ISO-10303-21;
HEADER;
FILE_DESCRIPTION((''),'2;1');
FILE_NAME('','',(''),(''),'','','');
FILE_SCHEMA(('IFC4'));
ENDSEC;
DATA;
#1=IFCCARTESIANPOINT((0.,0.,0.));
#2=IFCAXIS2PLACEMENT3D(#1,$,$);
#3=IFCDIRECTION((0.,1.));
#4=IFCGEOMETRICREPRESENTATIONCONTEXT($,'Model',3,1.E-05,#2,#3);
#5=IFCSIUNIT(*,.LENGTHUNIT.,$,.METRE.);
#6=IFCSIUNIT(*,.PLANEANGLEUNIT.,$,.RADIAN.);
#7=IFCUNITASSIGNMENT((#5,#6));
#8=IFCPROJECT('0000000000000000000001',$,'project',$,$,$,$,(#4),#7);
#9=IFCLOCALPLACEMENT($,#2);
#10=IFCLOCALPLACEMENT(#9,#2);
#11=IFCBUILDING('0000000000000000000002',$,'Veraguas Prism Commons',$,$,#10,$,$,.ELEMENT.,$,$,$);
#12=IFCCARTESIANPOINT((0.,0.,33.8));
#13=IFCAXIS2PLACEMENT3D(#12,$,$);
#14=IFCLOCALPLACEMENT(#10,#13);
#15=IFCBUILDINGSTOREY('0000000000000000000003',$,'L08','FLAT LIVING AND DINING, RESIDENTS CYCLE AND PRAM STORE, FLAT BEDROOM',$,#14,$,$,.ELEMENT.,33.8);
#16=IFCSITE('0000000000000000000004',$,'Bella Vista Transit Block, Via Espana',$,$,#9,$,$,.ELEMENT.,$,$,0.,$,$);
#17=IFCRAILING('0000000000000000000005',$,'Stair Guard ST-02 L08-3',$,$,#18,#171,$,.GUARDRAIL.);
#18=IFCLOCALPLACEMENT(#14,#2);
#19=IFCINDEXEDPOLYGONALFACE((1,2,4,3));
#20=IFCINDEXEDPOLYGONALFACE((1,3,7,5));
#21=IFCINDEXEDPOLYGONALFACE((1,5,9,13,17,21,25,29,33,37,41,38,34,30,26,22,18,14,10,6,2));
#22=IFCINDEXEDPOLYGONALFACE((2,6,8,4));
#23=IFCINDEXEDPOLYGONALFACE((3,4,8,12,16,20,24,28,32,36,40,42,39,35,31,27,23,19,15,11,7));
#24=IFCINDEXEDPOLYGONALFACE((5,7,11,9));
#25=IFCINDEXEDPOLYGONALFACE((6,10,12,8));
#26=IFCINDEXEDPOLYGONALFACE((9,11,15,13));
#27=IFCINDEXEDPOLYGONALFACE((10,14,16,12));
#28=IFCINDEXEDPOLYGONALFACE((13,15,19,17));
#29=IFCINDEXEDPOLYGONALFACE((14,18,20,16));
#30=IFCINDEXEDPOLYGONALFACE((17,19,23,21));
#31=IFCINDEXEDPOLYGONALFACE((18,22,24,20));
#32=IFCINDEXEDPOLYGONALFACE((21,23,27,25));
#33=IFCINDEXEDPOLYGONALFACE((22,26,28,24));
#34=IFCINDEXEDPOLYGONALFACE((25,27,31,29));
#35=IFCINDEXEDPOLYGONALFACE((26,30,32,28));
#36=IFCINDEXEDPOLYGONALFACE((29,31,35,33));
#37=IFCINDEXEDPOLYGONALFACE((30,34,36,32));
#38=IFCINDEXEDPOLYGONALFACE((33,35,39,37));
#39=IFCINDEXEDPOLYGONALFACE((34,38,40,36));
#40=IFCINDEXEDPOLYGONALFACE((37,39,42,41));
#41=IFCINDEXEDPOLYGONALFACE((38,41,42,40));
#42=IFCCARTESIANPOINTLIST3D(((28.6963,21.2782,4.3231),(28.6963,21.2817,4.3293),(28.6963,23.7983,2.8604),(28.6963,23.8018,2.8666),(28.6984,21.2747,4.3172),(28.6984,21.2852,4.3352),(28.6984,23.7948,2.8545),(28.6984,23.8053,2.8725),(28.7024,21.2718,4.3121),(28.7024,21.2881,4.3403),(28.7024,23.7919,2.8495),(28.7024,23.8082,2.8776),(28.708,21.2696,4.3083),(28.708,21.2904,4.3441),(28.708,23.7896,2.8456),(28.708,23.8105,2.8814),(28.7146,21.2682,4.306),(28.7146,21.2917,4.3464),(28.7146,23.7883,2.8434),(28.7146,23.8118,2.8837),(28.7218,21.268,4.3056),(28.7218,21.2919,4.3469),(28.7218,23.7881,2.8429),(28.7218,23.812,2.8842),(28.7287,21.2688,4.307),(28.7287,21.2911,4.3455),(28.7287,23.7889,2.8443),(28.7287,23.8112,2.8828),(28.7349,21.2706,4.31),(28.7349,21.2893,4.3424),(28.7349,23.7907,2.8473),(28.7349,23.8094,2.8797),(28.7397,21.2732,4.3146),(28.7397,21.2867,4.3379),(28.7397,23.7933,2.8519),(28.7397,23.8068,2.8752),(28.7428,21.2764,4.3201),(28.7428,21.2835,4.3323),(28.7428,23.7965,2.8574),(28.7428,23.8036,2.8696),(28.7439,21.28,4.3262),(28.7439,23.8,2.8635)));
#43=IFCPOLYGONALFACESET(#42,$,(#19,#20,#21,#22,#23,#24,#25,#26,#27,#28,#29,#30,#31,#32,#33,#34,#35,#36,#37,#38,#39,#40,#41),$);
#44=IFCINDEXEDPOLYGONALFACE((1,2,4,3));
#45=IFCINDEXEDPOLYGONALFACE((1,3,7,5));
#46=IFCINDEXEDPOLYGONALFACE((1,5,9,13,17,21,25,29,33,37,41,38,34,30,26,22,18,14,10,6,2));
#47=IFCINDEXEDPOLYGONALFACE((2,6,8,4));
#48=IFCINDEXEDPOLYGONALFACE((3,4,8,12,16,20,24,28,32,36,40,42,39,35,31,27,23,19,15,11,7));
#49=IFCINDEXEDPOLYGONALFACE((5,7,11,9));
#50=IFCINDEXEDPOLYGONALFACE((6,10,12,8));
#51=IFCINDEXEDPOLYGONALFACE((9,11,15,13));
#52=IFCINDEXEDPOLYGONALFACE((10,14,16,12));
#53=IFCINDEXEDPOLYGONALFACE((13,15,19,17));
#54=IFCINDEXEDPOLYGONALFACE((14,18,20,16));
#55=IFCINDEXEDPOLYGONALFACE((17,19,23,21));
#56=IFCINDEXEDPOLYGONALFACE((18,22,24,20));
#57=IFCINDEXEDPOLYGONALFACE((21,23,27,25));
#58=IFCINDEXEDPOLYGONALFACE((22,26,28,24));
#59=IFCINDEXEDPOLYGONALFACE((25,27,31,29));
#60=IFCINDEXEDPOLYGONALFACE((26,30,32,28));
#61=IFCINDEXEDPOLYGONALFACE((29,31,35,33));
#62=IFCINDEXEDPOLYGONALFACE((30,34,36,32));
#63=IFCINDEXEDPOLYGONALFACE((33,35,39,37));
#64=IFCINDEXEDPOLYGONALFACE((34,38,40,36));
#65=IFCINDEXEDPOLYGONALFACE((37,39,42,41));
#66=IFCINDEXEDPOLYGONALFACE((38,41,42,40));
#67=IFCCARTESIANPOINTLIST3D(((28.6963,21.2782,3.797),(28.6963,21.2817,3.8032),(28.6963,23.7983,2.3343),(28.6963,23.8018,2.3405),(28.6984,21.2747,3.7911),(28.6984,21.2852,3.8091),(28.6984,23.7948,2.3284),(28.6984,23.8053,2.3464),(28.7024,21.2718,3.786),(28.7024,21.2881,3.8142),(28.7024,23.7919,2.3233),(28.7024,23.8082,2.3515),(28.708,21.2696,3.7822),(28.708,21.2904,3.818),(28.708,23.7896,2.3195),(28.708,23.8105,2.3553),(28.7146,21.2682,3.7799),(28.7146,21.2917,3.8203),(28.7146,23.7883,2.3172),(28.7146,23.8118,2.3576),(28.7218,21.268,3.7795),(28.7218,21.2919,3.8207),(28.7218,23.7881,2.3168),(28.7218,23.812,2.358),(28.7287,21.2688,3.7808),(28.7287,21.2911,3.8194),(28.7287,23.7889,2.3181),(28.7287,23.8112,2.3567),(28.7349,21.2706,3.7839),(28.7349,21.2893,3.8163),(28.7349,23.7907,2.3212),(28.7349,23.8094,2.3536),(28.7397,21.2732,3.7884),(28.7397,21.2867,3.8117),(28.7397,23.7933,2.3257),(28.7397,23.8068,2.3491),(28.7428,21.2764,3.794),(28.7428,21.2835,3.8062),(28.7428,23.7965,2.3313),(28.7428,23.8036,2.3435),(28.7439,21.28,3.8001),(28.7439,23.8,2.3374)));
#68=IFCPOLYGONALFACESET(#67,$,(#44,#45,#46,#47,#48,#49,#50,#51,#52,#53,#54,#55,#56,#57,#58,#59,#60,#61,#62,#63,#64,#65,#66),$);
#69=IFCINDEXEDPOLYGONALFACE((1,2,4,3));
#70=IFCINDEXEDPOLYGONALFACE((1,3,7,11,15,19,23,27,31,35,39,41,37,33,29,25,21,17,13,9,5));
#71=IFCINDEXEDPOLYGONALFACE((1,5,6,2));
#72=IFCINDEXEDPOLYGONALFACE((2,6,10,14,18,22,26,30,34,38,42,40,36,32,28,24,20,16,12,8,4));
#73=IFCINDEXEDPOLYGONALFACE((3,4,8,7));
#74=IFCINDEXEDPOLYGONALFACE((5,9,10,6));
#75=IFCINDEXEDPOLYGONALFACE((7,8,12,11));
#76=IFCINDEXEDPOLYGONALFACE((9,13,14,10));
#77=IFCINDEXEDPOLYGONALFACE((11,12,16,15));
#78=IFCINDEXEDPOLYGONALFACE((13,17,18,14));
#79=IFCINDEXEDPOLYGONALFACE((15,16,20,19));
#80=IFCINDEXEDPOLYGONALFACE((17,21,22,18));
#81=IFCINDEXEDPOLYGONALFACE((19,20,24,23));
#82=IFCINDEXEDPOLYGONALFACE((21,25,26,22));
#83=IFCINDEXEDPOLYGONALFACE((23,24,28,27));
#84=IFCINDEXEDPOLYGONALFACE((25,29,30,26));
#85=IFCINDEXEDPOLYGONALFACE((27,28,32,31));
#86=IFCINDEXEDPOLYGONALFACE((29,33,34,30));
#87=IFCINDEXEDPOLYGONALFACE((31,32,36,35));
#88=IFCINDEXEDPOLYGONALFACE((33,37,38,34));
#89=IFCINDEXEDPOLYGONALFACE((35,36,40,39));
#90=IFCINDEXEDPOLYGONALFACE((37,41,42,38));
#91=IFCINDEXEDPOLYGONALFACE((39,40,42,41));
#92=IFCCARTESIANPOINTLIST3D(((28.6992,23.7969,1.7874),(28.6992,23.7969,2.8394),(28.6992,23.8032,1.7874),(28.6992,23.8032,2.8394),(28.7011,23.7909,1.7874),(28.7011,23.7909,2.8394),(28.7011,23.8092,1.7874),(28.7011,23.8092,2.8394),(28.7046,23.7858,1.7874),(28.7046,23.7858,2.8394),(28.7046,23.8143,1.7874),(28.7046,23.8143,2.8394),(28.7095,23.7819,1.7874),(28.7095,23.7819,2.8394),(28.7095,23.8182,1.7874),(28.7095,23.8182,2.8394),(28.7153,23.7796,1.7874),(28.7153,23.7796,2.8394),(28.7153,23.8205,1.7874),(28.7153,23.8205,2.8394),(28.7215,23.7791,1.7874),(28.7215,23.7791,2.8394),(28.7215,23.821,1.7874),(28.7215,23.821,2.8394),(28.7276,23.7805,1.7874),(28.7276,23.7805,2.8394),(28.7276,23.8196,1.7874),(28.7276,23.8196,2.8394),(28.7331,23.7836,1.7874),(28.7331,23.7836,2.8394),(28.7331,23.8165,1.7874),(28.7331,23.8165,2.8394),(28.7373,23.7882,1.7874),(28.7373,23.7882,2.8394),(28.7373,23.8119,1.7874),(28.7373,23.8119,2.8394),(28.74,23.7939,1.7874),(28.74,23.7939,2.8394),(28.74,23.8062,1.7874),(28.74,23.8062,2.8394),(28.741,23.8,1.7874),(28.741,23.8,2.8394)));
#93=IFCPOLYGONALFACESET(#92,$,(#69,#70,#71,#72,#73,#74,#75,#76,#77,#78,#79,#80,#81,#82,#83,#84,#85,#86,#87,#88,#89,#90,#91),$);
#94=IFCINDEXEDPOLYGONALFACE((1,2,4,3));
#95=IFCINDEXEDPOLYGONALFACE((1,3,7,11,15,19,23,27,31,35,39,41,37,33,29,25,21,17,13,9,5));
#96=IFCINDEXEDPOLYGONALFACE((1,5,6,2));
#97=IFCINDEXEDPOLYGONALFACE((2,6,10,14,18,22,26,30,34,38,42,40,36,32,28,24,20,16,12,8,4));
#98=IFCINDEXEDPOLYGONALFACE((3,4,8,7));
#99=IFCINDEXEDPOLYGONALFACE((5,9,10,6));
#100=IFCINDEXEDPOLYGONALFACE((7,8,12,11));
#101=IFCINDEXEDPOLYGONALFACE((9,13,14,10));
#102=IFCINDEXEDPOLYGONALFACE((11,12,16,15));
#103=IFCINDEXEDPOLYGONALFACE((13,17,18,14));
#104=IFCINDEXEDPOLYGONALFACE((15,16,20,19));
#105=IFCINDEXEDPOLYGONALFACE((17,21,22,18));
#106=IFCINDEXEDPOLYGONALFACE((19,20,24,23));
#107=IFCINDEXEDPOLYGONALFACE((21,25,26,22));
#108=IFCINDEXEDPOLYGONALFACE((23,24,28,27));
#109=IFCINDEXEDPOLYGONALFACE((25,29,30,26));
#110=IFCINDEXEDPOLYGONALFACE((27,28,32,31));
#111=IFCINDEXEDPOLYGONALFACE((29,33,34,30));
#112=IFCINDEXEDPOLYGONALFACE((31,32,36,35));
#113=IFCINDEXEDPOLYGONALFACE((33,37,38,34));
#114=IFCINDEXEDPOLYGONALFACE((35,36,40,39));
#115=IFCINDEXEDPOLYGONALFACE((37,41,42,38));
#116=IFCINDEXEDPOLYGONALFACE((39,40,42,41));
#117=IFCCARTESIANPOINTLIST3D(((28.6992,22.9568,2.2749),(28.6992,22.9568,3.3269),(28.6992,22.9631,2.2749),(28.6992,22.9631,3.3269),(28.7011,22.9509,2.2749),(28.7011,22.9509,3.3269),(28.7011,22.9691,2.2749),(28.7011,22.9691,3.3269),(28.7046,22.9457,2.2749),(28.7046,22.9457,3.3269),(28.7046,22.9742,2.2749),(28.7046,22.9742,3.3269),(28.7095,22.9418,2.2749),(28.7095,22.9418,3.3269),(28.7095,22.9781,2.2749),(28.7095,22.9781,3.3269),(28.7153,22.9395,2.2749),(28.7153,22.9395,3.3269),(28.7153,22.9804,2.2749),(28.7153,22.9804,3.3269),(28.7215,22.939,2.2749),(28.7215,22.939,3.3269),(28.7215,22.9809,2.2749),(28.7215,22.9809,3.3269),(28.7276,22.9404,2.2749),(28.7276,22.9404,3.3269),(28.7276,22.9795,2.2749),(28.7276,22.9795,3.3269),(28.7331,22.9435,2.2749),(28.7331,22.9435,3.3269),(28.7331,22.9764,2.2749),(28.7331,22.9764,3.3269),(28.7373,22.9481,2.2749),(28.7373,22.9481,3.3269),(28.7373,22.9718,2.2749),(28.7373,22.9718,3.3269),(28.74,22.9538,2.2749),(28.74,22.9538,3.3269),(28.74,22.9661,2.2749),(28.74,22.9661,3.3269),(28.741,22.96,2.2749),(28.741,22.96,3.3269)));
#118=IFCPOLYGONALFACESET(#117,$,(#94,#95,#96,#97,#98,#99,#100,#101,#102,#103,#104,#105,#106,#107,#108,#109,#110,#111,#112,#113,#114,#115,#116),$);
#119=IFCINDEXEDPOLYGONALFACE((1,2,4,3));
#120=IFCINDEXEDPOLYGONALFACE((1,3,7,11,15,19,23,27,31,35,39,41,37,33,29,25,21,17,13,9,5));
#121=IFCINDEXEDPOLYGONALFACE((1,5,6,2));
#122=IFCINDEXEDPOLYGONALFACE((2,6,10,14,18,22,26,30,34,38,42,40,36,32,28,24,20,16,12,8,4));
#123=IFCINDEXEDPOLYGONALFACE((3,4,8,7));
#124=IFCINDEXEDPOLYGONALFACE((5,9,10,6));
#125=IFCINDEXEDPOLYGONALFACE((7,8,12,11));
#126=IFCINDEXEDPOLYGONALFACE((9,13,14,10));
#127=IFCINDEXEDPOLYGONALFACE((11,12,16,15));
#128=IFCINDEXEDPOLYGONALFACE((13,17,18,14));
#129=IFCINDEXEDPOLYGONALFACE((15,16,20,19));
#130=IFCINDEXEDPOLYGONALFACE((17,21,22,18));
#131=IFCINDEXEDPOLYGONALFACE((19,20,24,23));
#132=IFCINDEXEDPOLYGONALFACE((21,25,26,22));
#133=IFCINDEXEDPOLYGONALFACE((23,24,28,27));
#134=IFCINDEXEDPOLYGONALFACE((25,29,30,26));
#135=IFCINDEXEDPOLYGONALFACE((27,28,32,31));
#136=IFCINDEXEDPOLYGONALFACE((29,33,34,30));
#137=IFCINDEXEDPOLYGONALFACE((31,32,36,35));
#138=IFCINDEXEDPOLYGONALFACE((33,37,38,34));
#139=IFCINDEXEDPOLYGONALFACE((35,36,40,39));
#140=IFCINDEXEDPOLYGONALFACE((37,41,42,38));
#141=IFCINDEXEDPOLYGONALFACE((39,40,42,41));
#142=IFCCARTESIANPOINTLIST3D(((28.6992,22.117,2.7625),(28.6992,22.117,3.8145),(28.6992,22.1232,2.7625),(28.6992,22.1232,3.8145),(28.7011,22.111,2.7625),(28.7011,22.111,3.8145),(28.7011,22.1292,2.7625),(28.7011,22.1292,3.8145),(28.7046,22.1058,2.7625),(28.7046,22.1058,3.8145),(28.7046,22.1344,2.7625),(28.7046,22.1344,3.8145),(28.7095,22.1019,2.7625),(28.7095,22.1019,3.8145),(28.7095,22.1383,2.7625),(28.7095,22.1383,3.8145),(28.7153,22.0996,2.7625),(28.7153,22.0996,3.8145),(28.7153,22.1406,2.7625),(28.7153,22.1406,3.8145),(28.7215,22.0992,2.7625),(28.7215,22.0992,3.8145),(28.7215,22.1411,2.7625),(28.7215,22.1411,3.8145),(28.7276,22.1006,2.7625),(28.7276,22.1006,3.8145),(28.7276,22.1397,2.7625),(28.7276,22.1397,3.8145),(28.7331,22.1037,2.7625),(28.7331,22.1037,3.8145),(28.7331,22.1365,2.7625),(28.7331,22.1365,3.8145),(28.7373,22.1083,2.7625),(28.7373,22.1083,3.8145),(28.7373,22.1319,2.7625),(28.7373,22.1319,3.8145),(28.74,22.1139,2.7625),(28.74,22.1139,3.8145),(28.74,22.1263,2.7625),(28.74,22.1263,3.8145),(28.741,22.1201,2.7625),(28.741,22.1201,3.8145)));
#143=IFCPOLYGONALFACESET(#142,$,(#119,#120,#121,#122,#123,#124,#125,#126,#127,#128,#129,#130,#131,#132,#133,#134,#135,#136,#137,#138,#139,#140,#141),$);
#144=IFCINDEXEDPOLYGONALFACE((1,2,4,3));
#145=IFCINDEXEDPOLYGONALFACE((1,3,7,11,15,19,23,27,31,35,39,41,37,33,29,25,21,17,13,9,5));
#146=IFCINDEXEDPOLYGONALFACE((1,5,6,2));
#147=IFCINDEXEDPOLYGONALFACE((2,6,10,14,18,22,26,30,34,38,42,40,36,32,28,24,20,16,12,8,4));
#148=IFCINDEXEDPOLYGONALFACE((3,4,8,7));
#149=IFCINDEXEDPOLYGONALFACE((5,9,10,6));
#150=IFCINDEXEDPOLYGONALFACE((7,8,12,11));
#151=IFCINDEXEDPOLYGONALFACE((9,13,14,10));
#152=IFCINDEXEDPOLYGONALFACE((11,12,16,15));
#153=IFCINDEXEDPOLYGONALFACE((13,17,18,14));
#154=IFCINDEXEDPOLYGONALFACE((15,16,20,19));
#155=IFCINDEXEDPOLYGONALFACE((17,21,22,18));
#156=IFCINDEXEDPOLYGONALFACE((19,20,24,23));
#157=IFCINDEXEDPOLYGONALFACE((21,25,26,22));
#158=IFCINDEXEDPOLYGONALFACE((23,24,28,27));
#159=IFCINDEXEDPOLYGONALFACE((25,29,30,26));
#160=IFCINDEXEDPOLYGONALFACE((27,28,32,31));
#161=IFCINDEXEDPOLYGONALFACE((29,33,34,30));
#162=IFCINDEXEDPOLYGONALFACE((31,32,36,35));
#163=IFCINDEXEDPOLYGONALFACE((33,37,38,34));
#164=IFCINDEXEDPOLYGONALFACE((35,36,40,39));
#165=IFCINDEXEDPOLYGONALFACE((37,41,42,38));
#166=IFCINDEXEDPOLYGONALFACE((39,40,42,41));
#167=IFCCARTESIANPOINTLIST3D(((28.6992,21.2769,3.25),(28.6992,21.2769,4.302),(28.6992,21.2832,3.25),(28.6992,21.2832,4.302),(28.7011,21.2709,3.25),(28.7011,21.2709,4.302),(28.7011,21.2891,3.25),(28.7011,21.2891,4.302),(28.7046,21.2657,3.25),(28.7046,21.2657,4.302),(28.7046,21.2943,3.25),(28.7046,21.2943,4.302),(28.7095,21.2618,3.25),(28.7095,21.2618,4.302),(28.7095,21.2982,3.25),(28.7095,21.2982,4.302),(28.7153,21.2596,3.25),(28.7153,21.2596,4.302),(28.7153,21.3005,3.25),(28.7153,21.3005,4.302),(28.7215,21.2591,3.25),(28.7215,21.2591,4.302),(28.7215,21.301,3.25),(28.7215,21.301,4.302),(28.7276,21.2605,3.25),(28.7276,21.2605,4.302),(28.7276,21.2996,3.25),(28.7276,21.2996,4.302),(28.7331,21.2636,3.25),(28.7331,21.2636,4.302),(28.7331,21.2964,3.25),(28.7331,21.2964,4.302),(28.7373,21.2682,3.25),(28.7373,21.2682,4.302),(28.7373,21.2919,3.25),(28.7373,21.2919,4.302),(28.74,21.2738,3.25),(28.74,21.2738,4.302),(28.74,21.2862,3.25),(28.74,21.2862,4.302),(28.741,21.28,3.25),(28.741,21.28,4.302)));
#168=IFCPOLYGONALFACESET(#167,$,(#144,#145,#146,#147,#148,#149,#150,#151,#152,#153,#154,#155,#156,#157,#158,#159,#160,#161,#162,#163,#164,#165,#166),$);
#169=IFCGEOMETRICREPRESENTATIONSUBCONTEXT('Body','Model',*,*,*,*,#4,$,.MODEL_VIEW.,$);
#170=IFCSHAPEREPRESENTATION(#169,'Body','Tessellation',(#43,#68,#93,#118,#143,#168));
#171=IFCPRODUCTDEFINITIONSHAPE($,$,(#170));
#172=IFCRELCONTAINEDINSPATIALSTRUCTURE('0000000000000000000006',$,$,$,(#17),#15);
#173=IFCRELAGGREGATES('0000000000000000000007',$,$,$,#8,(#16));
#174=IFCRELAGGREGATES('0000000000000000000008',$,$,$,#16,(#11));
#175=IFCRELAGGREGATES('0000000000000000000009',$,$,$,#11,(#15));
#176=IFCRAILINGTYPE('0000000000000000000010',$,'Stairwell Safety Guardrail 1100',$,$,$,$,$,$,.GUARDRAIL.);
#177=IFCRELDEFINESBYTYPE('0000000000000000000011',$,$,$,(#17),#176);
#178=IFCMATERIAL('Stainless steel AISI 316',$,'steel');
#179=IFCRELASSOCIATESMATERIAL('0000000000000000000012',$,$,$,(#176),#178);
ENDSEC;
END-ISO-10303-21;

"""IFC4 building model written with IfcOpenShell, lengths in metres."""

from ifc_helpers import new_model, si_unit, direction, frame, origin, origin_2d, place, context, subcontext, project, spatial, circle, extrude, material, type_object, element, save


model = new_model("IFC4")

# Units and contexts
model_context = context("Model", 3, precision=1e-05, world=origin(), true_north=direction((0.0, 1.0)))
body_context = subcontext(model_context, "Body", "Model", "MODEL_VIEW")
ifc_project = project(units=[si_unit("LENGTHUNIT", "METRE"), si_unit("PLANEANGLEUNIT", "RADIAN")], contexts=[model_context])

# Site, building, storey
site_placement = place(None, origin())
site = spatial("IfcSite", under=ifc_project, at=site_placement, Name="Bella Vista Transit Block, Via Espana", CompositionType="ELEMENT", RefElevation=0.0)
building_placement = place(site_placement, origin())
building = spatial("IfcBuilding", under=site, at=building_placement, Name="Veraguas Prism Commons", CompositionType="ELEMENT")
storey_placement = place(building_placement, frame((0.0, 0.0, 33.8)))
storey = spatial("IfcBuildingStorey", under=building, at=storey_placement, Name="L08", Description="FLAT LIVING AND DINING, RESIDENTS CYCLE AND PRAM STORE, FLAT BEDROOM", CompositionType="ELEMENT", Elevation=33.8)

# Railing
ifc_material_1 = material(Name="Stainless steel AISI 316", Category="steel")
railing_type_1 = type_object("IfcRailingType", Name="Stairwell Safety Guardrail 1100", PredefinedType="GUARDRAIL", material=ifc_material_1)
railing_1_placement = place(storey_placement, frame((28.72, 23.8, 1.7874)))
element("IfcRailing", 1, at=railing_1_placement, inside=storey, type_object=railing_type_1, Name="Stair Guard ST-02 L08-3", PredefinedType="GUARDRAIL", context=body_context, shape_type="SweptSolid", body=[
    extrude(circle(Radius=0.0239, at=origin_2d()), frame((0.0, 0.0, 1.0762), z_axis=(0.0, -0.864877, 0.501984), x_axis=(1.0, 0.0, 0.0)), (0.0, 0.0, 1.0), 2.9138),
    extrude(circle(Radius=0.0239, at=origin_2d()), frame((0.0, 0.0, 0.55), z_axis=(0.0, -0.864877, 0.501984), x_axis=(1.0, 0.0, 0.0)), (0.0, 0.0, 1.0), 2.9138),
    extrude(circle(Radius=0.021, at=origin_2d()), origin(), (0.0, 0.0, 1.0), 1.052),
    extrude(circle(Radius=0.021, at=origin_2d()), frame((0.0, -0.8401, 0.4875)), (0.0, 0.0, 1.0), 1.052),
    extrude(circle(Radius=0.021, at=origin_2d()), frame((0.0, -1.6799, 0.9751)), (0.0, 0.0, 1.0), 1.052),
    extrude(circle(Radius=0.021, at=origin_2d()), frame((0.0, -2.52, 1.4626)), (0.0, 0.0, 1.0), 1.052),
])

save(model, "model.ifc")
